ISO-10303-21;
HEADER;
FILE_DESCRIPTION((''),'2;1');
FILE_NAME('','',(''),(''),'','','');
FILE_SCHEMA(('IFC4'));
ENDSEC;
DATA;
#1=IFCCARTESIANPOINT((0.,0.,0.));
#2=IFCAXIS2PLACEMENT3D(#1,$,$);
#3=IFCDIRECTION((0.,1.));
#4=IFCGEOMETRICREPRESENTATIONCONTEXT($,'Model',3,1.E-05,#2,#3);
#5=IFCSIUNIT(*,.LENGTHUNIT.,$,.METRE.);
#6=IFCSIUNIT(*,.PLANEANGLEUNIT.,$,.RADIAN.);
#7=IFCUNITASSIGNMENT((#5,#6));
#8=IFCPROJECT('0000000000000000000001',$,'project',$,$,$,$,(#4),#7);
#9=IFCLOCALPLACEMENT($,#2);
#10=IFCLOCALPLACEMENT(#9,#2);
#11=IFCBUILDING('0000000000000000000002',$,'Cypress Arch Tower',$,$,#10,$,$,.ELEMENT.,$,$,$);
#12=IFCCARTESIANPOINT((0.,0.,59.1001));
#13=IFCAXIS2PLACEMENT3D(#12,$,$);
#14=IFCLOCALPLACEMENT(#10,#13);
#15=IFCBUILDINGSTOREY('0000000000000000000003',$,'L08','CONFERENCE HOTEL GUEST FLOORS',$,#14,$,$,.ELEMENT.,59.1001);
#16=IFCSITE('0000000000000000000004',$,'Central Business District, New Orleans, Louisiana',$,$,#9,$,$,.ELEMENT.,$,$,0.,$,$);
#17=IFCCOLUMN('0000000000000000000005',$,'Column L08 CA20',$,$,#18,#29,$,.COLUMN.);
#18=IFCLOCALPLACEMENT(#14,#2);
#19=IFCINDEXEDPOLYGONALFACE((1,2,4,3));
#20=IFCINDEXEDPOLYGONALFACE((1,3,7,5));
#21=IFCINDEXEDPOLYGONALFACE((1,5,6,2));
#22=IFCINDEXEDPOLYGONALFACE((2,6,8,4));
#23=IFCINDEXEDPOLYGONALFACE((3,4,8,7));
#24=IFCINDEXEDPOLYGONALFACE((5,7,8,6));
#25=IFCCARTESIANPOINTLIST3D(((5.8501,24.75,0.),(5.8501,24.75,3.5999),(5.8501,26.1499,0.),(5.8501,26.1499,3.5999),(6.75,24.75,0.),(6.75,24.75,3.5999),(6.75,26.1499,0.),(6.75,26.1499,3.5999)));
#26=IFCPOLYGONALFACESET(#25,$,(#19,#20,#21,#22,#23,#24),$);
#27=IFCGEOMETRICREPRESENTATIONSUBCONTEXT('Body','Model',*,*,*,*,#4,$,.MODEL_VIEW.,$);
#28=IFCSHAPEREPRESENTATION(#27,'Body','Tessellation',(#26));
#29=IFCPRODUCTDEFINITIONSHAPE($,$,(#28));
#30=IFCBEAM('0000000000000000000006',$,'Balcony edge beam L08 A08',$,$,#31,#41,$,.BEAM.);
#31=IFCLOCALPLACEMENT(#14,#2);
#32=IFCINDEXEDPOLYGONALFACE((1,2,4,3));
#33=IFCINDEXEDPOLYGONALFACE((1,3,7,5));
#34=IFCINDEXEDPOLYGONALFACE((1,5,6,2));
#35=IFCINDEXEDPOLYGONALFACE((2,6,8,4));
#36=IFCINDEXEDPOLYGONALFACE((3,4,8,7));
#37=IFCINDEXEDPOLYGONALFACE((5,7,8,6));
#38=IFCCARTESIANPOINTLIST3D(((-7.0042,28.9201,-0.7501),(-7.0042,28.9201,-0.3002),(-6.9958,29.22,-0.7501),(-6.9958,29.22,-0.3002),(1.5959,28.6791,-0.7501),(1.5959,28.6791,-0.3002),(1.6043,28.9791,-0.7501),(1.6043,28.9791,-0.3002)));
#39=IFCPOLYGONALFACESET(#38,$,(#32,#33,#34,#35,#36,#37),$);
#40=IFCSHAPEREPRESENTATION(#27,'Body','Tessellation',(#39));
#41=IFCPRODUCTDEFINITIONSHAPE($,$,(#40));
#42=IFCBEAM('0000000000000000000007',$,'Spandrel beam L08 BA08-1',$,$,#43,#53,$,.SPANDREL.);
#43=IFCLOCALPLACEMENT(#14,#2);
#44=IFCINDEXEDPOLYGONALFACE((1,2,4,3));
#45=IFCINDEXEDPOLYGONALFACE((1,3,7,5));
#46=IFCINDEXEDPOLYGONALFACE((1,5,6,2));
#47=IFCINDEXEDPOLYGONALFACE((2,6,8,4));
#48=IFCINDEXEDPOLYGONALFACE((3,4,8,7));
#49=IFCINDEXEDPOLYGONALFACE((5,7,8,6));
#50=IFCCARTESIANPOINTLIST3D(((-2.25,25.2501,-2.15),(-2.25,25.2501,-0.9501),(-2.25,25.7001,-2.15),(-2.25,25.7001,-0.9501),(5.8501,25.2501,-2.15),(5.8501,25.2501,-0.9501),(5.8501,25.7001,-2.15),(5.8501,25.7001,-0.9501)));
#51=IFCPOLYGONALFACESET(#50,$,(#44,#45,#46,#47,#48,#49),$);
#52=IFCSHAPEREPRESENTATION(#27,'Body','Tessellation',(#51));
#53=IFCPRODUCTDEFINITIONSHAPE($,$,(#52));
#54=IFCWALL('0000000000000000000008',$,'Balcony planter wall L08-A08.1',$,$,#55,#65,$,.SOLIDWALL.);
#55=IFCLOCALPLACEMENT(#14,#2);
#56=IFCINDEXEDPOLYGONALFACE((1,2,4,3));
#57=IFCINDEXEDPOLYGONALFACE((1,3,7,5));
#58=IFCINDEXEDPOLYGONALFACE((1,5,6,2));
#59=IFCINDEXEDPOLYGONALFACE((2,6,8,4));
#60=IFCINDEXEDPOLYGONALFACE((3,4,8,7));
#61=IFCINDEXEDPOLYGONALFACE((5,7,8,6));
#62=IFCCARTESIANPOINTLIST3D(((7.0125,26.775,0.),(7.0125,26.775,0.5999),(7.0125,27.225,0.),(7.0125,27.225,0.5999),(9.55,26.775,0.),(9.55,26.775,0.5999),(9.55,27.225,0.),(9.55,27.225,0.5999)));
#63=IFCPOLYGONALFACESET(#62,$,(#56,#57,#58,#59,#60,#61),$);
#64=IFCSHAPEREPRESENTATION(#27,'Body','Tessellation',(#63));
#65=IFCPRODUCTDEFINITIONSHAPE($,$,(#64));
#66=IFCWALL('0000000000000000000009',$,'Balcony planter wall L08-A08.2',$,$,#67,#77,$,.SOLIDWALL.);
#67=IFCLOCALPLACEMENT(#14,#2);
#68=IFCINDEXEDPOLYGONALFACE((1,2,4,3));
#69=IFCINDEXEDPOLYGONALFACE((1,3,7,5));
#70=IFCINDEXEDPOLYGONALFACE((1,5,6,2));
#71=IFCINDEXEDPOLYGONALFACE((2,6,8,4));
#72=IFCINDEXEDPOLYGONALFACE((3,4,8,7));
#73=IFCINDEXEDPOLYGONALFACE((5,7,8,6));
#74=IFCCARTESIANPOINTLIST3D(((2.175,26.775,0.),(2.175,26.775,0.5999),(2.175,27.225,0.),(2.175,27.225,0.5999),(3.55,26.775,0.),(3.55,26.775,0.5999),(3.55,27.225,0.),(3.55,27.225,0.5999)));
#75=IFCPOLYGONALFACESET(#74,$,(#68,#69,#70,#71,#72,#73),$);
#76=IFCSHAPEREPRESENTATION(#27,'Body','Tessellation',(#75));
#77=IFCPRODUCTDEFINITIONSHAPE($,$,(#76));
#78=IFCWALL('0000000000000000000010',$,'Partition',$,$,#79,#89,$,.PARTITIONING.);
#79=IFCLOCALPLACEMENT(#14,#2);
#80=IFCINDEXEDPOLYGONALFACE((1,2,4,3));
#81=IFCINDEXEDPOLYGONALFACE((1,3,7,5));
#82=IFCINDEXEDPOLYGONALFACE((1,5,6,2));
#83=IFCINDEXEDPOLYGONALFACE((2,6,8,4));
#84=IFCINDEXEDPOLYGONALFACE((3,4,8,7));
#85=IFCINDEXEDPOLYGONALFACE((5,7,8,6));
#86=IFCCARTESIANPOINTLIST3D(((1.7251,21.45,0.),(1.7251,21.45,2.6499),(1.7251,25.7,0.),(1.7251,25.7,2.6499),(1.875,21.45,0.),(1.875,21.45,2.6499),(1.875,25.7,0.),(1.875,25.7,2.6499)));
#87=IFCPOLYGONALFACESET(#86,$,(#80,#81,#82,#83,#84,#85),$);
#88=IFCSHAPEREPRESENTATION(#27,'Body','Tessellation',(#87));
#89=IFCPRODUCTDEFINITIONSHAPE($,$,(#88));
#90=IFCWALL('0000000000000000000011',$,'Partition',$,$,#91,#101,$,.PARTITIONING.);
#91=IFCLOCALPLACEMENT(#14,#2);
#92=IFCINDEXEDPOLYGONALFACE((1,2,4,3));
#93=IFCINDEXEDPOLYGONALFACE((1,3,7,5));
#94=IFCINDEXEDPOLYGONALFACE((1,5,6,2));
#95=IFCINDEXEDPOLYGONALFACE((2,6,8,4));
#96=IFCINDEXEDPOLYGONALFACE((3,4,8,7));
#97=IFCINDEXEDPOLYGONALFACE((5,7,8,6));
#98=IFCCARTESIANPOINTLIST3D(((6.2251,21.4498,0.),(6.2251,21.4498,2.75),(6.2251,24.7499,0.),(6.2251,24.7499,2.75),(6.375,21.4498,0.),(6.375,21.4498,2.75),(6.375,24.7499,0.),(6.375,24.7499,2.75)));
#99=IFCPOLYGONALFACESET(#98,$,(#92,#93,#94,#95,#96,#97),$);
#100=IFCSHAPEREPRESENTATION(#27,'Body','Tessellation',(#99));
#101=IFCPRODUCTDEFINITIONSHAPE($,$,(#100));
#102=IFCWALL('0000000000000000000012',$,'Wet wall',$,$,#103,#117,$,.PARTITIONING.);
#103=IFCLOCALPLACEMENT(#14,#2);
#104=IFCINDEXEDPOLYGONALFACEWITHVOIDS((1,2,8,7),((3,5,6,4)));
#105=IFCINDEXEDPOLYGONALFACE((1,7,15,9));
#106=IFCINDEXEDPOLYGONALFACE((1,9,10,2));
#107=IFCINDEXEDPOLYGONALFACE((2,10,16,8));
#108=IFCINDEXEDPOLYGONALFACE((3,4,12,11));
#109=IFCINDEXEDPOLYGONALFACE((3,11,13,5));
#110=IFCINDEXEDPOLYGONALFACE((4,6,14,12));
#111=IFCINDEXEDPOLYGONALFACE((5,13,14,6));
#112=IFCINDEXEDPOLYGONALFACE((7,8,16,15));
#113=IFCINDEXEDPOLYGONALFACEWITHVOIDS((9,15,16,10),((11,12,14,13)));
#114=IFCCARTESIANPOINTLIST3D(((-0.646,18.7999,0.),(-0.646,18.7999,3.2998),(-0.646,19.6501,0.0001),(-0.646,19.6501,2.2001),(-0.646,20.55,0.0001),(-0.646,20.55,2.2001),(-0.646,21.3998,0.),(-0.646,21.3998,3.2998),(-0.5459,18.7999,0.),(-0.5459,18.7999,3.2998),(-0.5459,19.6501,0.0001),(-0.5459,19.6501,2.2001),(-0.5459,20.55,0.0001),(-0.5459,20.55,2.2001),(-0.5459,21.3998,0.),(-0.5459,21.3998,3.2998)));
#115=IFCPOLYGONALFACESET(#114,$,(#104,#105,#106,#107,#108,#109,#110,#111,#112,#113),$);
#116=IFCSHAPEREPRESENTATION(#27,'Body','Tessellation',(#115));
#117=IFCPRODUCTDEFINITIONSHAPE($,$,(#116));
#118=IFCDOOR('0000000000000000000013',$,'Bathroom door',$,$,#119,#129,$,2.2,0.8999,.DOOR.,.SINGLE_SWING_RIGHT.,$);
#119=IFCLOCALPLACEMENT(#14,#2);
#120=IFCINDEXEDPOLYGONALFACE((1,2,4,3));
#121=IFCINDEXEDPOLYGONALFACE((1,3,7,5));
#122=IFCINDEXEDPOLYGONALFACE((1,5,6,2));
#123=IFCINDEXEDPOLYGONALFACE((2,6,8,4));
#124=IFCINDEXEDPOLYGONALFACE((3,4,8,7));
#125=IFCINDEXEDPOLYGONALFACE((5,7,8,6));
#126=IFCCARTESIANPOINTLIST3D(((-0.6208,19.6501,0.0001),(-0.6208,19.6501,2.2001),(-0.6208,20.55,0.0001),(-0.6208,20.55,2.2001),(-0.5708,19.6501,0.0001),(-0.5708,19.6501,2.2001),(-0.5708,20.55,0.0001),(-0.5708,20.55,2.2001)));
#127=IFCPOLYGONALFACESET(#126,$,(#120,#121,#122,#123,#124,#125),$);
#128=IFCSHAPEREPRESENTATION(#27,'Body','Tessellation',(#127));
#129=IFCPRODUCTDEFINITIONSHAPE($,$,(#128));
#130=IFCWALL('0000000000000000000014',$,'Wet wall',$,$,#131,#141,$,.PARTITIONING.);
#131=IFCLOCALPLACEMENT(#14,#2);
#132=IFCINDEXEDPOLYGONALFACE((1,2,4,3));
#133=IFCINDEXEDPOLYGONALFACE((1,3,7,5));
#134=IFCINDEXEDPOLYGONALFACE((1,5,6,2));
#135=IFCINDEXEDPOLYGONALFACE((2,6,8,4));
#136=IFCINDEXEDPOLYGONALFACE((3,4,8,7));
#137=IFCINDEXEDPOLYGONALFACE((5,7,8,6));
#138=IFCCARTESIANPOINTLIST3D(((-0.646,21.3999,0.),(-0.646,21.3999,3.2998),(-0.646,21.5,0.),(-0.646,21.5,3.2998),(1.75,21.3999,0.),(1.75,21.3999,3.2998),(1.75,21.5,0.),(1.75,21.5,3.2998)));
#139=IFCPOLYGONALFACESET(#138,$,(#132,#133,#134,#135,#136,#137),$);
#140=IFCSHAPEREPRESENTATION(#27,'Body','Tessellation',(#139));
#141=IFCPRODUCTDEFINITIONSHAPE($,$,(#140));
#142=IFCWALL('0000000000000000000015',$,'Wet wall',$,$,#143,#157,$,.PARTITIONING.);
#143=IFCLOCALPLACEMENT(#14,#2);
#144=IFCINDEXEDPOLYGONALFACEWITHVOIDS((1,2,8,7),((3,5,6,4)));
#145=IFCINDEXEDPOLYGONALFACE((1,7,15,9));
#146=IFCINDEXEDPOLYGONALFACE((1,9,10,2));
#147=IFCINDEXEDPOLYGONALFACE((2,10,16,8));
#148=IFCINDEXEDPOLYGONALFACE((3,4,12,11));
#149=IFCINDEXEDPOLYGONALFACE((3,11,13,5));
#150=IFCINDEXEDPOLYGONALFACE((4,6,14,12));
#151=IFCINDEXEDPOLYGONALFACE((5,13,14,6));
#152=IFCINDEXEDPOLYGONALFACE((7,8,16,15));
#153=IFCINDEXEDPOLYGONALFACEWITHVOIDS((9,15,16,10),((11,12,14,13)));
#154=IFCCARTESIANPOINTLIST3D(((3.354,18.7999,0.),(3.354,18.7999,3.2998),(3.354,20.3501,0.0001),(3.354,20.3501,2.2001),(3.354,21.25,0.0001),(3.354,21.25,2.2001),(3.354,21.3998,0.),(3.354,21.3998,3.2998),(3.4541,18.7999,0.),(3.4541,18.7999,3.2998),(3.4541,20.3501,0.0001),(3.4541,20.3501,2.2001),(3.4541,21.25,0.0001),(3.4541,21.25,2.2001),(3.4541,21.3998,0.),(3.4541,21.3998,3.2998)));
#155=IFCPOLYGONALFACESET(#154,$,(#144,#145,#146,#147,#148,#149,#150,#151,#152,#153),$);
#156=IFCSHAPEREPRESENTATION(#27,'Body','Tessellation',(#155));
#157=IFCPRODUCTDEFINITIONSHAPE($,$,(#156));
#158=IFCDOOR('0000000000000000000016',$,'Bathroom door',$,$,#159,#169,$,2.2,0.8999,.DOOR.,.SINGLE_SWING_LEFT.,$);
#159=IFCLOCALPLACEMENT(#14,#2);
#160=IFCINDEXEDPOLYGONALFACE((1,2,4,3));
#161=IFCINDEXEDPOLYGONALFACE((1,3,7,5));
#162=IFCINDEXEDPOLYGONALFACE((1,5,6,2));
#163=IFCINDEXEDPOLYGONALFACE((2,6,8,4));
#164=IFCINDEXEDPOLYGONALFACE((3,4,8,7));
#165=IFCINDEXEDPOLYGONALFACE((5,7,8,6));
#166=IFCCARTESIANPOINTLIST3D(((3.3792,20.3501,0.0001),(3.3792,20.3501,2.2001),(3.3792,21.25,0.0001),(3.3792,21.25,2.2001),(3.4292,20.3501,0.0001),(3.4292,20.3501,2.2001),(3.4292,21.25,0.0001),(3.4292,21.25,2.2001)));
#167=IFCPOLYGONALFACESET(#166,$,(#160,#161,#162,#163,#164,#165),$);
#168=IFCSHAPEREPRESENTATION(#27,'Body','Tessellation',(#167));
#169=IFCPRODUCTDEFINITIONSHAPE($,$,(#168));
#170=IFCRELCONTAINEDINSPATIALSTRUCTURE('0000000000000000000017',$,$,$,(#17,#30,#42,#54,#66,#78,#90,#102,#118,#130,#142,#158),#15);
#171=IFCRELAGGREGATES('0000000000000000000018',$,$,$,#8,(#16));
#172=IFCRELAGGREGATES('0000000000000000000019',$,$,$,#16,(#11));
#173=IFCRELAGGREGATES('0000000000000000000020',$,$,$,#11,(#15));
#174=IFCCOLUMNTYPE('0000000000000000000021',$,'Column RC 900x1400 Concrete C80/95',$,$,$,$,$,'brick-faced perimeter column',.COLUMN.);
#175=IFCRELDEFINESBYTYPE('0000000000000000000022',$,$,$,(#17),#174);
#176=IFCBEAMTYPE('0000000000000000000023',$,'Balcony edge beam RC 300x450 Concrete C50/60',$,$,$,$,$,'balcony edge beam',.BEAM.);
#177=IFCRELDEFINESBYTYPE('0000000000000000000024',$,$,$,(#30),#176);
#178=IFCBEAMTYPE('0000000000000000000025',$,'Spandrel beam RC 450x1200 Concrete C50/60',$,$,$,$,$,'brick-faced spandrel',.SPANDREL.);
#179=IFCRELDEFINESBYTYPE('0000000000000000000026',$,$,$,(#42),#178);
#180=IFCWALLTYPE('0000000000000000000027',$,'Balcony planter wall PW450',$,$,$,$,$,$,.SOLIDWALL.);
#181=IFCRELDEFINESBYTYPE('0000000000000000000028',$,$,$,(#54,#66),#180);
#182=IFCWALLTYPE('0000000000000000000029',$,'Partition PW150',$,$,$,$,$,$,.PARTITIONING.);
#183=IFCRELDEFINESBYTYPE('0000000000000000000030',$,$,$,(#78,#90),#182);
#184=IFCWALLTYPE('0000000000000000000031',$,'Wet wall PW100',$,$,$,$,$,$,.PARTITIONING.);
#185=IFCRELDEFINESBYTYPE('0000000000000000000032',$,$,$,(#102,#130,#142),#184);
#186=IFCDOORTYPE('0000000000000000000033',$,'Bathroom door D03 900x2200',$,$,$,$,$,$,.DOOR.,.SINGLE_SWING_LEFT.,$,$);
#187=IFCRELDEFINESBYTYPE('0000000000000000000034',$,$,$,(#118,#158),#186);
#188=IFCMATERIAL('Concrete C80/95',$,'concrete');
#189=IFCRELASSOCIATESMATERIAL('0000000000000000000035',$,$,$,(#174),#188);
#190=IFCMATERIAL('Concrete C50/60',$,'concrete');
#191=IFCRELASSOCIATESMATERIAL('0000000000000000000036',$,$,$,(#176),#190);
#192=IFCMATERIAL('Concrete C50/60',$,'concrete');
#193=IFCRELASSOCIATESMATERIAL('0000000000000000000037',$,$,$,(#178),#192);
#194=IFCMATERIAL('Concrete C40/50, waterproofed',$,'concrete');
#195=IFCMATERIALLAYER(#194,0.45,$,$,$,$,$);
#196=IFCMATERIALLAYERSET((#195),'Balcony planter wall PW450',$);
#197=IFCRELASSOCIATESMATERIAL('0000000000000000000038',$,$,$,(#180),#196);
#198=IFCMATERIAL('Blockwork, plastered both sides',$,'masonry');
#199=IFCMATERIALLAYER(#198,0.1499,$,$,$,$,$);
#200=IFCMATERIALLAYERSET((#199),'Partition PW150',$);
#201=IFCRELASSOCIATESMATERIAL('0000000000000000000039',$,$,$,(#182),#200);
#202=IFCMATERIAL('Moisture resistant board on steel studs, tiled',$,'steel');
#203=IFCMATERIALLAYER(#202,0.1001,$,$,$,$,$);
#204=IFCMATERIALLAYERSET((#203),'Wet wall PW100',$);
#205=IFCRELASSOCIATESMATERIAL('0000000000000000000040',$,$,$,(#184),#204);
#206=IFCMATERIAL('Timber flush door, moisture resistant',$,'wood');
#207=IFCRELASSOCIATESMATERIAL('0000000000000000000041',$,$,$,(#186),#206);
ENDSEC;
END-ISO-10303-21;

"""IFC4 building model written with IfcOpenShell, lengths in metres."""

from ifc_helpers import new_model, si_unit, direction, frame, frame_2d, origin, origin_2d, place, context, subcontext, project, spatial, rectangle, extrude, material, layer, layer_set, material_profile, profile_set, type_object, element, fill, save


model = new_model("IFC4")

# Units and contexts
model_context = context("Model", 3, precision=1e-05, world=origin(), true_north=direction((0.0, 1.0)))
body_context = subcontext(model_context, "Body", "Model", "MODEL_VIEW")
ifc_project = project(units=[si_unit("LENGTHUNIT", "METRE"), si_unit("PLANEANGLEUNIT", "RADIAN")], contexts=[model_context])

# Site, building, storey
site_placement = place(None, origin())
site = spatial("IfcSite", under=ifc_project, at=site_placement, Name="Central Business District, New Orleans, Louisiana", CompositionType="ELEMENT", RefElevation=0.0)
building_placement = place(site_placement, origin())
building = spatial("IfcBuilding", under=site, at=building_placement, Name="Cypress Arch Tower", CompositionType="ELEMENT")
storey_placement = place(building_placement, frame((0.0, 0.0, 59.1001)))
storey = spatial("IfcBuildingStorey", under=building, at=storey_placement, Name="L08", Description="CONFERENCE HOTEL GUEST FLOORS", CompositionType="ELEMENT", Elevation=59.1001)

# Column
ifc_material_1 = material(Name="Concrete C80/95", Category="concrete")
ifc_material_profile_1 = material_profile(ifc_material_1, rectangle(XDim=0.8999, YDim=1.3999, at=origin_2d()), Name="RC 900x1400")
ifc_profile_set_1 = profile_set([ifc_material_profile_1], Name="Concrete C80/95")
column_type = type_object("IfcColumnType", Name="Column RC 900x1400 Concrete C80/95", ElementType="brick-faced perimeter column", PredefinedType="COLUMN", material=ifc_profile_set_1)
column_placement = place(storey_placement, frame((6.3, 25.45, 0.0), z_axis=(0.0, 0.0, 1.0), x_axis=(-1.0, 0.0, 0.0)))
element("IfcColumn", 1, at=column_placement, inside=storey, type_object=column_type, Name="Column L08 CA20", PredefinedType="COLUMN", context=body_context, shape_type="SweptSolid", body=[
    extrude(rectangle(XDim=0.8999, YDim=1.3999, at=origin_2d()), origin(), (0.0, 0.0, 1.0), 3.5999),
])

# Beams
ifc_material_2 = material(Name="Concrete C50/60", Category="concrete")
ifc_material_profile_2 = material_profile(ifc_material_2, rectangle(XDim=0.3, YDim=0.45, at=origin_2d()), Name="RC 300x450")
ifc_profile_set_2 = profile_set([ifc_material_profile_2], Name="Concrete C50/60")
beam_type_1 = type_object("IfcBeamType", Name="Balcony edge beam RC 300x450 Concrete C50/60", ElementType="balcony edge beam", PredefinedType="BEAM", material=ifc_profile_set_2)
beam_1_placement = place(storey_placement, frame((1.6001, 28.8291, -0.5251), z_axis=(-0.999608, 0.028008, 0.0), x_axis=(-0.028008, -0.999608, 0.0)))
element("IfcBeam", 2, at=beam_1_placement, inside=storey, type_object=beam_type_1, Name="Balcony edge beam L08 A08", PredefinedType="BEAM", context=body_context, shape_type="SweptSolid", body=[
    extrude(rectangle(XDim=0.3, YDim=0.45, at=origin_2d()), origin(), (0.0, 0.0, 1.0), 8.6035),
])
ifc_material_3 = material(Name="Concrete C50/60", Category="concrete")
ifc_material_profile_3 = material_profile(ifc_material_3, rectangle(XDim=0.45, YDim=1.2, at=origin_2d()), Name="RC 450x1200")
ifc_profile_set_3 = profile_set([ifc_material_profile_3], Name="Concrete C50/60")
beam_type_2 = type_object("IfcBeamType", Name="Spandrel beam RC 450x1200 Concrete C50/60", ElementType="brick-faced spandrel", PredefinedType="SPANDREL", material=ifc_profile_set_3)
beam_2_placement = place(storey_placement, frame((5.8501, 25.4751, -1.55), z_axis=(-1.0, 0.0, 0.0), x_axis=(0.0, -1.0, 0.0)))
element("IfcBeam", 3, at=beam_2_placement, inside=storey, type_object=beam_type_2, Name="Spandrel beam L08 BA08-1", PredefinedType="SPANDREL", context=body_context, shape_type="SweptSolid", body=[
    extrude(rectangle(XDim=0.45, YDim=1.2, at=origin_2d()), origin(), (0.0, 0.0, 1.0), 8.1001),
])

# Walls
ifc_material_4 = material(Name="Concrete C40/50, waterproofed", Category="concrete")
ifc_layer_1 = layer(ifc_material_4, 0.45)
ifc_layer_set_1 = layer_set([ifc_layer_1], Name="Balcony planter wall PW450")
wall_type_1 = type_object("IfcWallType", Name="Balcony planter wall PW450", PredefinedType="SOLIDWALL", material=ifc_layer_set_1)
wall_1_placement = place(storey_placement, frame((9.55, 27.0, 0.0), z_axis=(0.0, 0.0, 1.0), x_axis=(-1.0, 0.0, 0.0)))
element("IfcWall", 4, at=wall_1_placement, inside=storey, type_object=wall_type_1, Name="Balcony planter wall L08-A08.1", PredefinedType="SOLIDWALL", context=body_context, shape_type="SweptSolid", body=[
    extrude(rectangle(XDim=2.5376, YDim=0.45, at=frame_2d((1.2688, 0.0))), origin(), (0.0, 0.0, 1.0), 0.5999),
])
wall_2_placement = place(storey_placement, frame((3.55, 27.0, 0.0), z_axis=(0.0, 0.0, 1.0), x_axis=(-1.0, 0.0, 0.0)))
element("IfcWall", 5, at=wall_2_placement, inside=storey, type_object=wall_type_1, Name="Balcony planter wall L08-A08.2", PredefinedType="SOLIDWALL", context=body_context, shape_type="SweptSolid", body=[
    extrude(rectangle(XDim=1.375, YDim=0.45, at=frame_2d((0.6875, 0.0))), origin(), (0.0, 0.0, 1.0), 0.5999),
])

# Walls
ifc_material_5 = material(Name="Blockwork, plastered both sides", Category="masonry")
ifc_layer_2 = layer(ifc_material_5, 0.1499)
ifc_layer_set_2 = layer_set([ifc_layer_2], Name="Partition PW150")
wall_type_2 = type_object("IfcWallType", Name="Partition PW150", PredefinedType="PARTITIONING", material=ifc_layer_set_2)
wall_3_placement = place(storey_placement, frame((1.8, 21.45, 0.0), z_axis=(0.0, 0.0, 1.0), x_axis=(0.0, 1.0, 0.0)))
element("IfcWall", 6, at=wall_3_placement, inside=storey, type_object=wall_type_2, Name="Partition", PredefinedType="PARTITIONING", context=body_context, shape_type="SweptSolid", body=[
    extrude(rectangle(XDim=4.25, YDim=0.1499, at=frame_2d((2.125, 0.0))), origin(), (0.0, 0.0, 1.0), 2.6499),
])
wall_4_placement = place(storey_placement, frame((6.3, 21.45, 0.0), z_axis=(0.0, 0.0, 1.0), x_axis=(0.0, 1.0, 0.0)))
element("IfcWall", 7, at=wall_4_placement, inside=storey, type_object=wall_type_2, Name="Partition", PredefinedType="PARTITIONING", context=body_context, shape_type="SweptSolid", body=[
    extrude(rectangle(XDim=3.3, YDim=0.1499, at=frame_2d((1.6499, 0.0))), origin(), (0.0, 0.0, 1.0), 2.75),
])

# Wall, opening, door
ifc_material_6 = material(Name="Moisture resistant board on steel studs, tiled", Category="steel")
ifc_layer_3 = layer(ifc_material_6, 0.1001)
ifc_layer_set_3 = layer_set([ifc_layer_3], Name="Wet wall PW100")
wall_type_3 = type_object("IfcWallType", Name="Wet wall PW100", PredefinedType="PARTITIONING", material=ifc_layer_set_3)
wall_5_placement = place(storey_placement, frame((-0.5959, 18.8, 0.0), z_axis=(0.0, 0.0, 1.0), x_axis=(0.0, 1.0, 0.0)))
wall_5 = element("IfcWall", 8, at=wall_5_placement, inside=storey, type_object=wall_type_3, Name="Wet wall", PredefinedType="PARTITIONING", context=body_context, shape_type="SweptSolid", body=[
    extrude(rectangle(XDim=2.5999, YDim=0.1001, at=frame_2d((1.2998, 0.0))), origin(), (0.0, 0.0, 1.0), 3.2998),
])
opening_1_placement = place(wall_5_placement, frame((0.8501, 0.0, 0.0)))
opening_1 = element("IfcOpeningElement", 9, at=opening_1_placement, cuts=wall_5, PredefinedType="OPENING", context=body_context, shape_type="SweptSolid", body=[
    extrude(rectangle(XDim=0.8999, YDim=2.2, at=frame_2d((0.45, 1.1001))), frame((0.0, 0.0601, 0.0), z_axis=(0.0, -1.0, 0.0), x_axis=(1.0, 0.0, 0.0)), (0.0, 0.0, 1.0), 0.1201),
])
ifc_material_7 = material(Name="Timber flush door, moisture resistant", Category="wood")
door_type_1 = type_object("IfcDoorType", Name="Bathroom door D03 900x2200", OperationType="SINGLE_SWING_LEFT", PredefinedType="DOOR", material=ifc_material_7)
door_1_placement = place(opening_1_placement, origin())
door_1 = element("IfcDoor", 10, at=door_1_placement, inside=storey, type_object=door_type_1, Name="Bathroom door", OperationType="SINGLE_SWING_RIGHT", OverallHeight=2.2, OverallWidth=0.8999, PredefinedType="DOOR", context=body_context, shape_type="SweptSolid", body=[
    extrude(rectangle(XDim=0.8999, YDim=2.2, at=frame_2d((0.45, 1.1001))), frame((0.0, 0.0249, 0.0), z_axis=(0.0, -1.0, 0.0), x_axis=(1.0, 0.0, 0.0)), (0.0, 0.0, 1.0), 0.05),
])
fill(opening_1, door_1)

# Wall
wall_6_placement = place(storey_placement, frame((-0.646, 21.45, 0.0), z_axis=(0.0, 0.0, 1.0), x_axis=(1.0, 0.0, 0.0)))
element("IfcWall", 11, at=wall_6_placement, inside=storey, type_object=wall_type_3, Name="Wet wall", PredefinedType="PARTITIONING", context=body_context, shape_type="SweptSolid", body=[
    extrude(rectangle(XDim=2.396, YDim=0.1001, at=frame_2d((1.198, 0.0))), origin(), (0.0, 0.0, 1.0), 3.2998),
])

# Wall, opening, door
wall_7_placement = place(storey_placement, frame((3.4041, 18.8, 0.0), z_axis=(0.0, 0.0, 1.0), x_axis=(0.0, 1.0, 0.0)))
wall_7 = element("IfcWall", 12, at=wall_7_placement, inside=storey, type_object=wall_type_3, Name="Wet wall", PredefinedType="PARTITIONING", context=body_context, shape_type="SweptSolid", body=[
    extrude(rectangle(XDim=2.5999, YDim=0.1001, at=frame_2d((1.2998, 0.0))), origin(), (0.0, 0.0, 1.0), 3.2998),
])
opening_2_placement = place(wall_7_placement, frame((1.55, 0.0, 0.0)))
opening_2 = element("IfcOpeningElement", 13, at=opening_2_placement, cuts=wall_7, PredefinedType="OPENING", context=body_context, shape_type="SweptSolid", body=[
    extrude(rectangle(XDim=0.8999, YDim=2.2, at=frame_2d((0.45, 1.1001))), frame((0.0, 0.0601, 0.0), z_axis=(0.0, -1.0, 0.0), x_axis=(1.0, 0.0, 0.0)), (0.0, 0.0, 1.0), 0.1201),
])
door_2_placement = place(opening_2_placement, origin())
door_2 = element("IfcDoor", 14, at=door_2_placement, inside=storey, type_object=door_type_1, Name="Bathroom door", OperationType="SINGLE_SWING_LEFT", OverallHeight=2.2, OverallWidth=0.8999, PredefinedType="DOOR", context=body_context, shape_type="SweptSolid", body=[
    extrude(rectangle(XDim=0.8999, YDim=2.2, at=frame_2d((0.45, 1.1001))), frame((0.0, 0.0249, 0.0), z_axis=(0.0, -1.0, 0.0), x_axis=(1.0, 0.0, 0.0)), (0.0, 0.0, 1.0), 0.05),
])
fill(opening_2, door_2)

save(model, "model.ifc")
